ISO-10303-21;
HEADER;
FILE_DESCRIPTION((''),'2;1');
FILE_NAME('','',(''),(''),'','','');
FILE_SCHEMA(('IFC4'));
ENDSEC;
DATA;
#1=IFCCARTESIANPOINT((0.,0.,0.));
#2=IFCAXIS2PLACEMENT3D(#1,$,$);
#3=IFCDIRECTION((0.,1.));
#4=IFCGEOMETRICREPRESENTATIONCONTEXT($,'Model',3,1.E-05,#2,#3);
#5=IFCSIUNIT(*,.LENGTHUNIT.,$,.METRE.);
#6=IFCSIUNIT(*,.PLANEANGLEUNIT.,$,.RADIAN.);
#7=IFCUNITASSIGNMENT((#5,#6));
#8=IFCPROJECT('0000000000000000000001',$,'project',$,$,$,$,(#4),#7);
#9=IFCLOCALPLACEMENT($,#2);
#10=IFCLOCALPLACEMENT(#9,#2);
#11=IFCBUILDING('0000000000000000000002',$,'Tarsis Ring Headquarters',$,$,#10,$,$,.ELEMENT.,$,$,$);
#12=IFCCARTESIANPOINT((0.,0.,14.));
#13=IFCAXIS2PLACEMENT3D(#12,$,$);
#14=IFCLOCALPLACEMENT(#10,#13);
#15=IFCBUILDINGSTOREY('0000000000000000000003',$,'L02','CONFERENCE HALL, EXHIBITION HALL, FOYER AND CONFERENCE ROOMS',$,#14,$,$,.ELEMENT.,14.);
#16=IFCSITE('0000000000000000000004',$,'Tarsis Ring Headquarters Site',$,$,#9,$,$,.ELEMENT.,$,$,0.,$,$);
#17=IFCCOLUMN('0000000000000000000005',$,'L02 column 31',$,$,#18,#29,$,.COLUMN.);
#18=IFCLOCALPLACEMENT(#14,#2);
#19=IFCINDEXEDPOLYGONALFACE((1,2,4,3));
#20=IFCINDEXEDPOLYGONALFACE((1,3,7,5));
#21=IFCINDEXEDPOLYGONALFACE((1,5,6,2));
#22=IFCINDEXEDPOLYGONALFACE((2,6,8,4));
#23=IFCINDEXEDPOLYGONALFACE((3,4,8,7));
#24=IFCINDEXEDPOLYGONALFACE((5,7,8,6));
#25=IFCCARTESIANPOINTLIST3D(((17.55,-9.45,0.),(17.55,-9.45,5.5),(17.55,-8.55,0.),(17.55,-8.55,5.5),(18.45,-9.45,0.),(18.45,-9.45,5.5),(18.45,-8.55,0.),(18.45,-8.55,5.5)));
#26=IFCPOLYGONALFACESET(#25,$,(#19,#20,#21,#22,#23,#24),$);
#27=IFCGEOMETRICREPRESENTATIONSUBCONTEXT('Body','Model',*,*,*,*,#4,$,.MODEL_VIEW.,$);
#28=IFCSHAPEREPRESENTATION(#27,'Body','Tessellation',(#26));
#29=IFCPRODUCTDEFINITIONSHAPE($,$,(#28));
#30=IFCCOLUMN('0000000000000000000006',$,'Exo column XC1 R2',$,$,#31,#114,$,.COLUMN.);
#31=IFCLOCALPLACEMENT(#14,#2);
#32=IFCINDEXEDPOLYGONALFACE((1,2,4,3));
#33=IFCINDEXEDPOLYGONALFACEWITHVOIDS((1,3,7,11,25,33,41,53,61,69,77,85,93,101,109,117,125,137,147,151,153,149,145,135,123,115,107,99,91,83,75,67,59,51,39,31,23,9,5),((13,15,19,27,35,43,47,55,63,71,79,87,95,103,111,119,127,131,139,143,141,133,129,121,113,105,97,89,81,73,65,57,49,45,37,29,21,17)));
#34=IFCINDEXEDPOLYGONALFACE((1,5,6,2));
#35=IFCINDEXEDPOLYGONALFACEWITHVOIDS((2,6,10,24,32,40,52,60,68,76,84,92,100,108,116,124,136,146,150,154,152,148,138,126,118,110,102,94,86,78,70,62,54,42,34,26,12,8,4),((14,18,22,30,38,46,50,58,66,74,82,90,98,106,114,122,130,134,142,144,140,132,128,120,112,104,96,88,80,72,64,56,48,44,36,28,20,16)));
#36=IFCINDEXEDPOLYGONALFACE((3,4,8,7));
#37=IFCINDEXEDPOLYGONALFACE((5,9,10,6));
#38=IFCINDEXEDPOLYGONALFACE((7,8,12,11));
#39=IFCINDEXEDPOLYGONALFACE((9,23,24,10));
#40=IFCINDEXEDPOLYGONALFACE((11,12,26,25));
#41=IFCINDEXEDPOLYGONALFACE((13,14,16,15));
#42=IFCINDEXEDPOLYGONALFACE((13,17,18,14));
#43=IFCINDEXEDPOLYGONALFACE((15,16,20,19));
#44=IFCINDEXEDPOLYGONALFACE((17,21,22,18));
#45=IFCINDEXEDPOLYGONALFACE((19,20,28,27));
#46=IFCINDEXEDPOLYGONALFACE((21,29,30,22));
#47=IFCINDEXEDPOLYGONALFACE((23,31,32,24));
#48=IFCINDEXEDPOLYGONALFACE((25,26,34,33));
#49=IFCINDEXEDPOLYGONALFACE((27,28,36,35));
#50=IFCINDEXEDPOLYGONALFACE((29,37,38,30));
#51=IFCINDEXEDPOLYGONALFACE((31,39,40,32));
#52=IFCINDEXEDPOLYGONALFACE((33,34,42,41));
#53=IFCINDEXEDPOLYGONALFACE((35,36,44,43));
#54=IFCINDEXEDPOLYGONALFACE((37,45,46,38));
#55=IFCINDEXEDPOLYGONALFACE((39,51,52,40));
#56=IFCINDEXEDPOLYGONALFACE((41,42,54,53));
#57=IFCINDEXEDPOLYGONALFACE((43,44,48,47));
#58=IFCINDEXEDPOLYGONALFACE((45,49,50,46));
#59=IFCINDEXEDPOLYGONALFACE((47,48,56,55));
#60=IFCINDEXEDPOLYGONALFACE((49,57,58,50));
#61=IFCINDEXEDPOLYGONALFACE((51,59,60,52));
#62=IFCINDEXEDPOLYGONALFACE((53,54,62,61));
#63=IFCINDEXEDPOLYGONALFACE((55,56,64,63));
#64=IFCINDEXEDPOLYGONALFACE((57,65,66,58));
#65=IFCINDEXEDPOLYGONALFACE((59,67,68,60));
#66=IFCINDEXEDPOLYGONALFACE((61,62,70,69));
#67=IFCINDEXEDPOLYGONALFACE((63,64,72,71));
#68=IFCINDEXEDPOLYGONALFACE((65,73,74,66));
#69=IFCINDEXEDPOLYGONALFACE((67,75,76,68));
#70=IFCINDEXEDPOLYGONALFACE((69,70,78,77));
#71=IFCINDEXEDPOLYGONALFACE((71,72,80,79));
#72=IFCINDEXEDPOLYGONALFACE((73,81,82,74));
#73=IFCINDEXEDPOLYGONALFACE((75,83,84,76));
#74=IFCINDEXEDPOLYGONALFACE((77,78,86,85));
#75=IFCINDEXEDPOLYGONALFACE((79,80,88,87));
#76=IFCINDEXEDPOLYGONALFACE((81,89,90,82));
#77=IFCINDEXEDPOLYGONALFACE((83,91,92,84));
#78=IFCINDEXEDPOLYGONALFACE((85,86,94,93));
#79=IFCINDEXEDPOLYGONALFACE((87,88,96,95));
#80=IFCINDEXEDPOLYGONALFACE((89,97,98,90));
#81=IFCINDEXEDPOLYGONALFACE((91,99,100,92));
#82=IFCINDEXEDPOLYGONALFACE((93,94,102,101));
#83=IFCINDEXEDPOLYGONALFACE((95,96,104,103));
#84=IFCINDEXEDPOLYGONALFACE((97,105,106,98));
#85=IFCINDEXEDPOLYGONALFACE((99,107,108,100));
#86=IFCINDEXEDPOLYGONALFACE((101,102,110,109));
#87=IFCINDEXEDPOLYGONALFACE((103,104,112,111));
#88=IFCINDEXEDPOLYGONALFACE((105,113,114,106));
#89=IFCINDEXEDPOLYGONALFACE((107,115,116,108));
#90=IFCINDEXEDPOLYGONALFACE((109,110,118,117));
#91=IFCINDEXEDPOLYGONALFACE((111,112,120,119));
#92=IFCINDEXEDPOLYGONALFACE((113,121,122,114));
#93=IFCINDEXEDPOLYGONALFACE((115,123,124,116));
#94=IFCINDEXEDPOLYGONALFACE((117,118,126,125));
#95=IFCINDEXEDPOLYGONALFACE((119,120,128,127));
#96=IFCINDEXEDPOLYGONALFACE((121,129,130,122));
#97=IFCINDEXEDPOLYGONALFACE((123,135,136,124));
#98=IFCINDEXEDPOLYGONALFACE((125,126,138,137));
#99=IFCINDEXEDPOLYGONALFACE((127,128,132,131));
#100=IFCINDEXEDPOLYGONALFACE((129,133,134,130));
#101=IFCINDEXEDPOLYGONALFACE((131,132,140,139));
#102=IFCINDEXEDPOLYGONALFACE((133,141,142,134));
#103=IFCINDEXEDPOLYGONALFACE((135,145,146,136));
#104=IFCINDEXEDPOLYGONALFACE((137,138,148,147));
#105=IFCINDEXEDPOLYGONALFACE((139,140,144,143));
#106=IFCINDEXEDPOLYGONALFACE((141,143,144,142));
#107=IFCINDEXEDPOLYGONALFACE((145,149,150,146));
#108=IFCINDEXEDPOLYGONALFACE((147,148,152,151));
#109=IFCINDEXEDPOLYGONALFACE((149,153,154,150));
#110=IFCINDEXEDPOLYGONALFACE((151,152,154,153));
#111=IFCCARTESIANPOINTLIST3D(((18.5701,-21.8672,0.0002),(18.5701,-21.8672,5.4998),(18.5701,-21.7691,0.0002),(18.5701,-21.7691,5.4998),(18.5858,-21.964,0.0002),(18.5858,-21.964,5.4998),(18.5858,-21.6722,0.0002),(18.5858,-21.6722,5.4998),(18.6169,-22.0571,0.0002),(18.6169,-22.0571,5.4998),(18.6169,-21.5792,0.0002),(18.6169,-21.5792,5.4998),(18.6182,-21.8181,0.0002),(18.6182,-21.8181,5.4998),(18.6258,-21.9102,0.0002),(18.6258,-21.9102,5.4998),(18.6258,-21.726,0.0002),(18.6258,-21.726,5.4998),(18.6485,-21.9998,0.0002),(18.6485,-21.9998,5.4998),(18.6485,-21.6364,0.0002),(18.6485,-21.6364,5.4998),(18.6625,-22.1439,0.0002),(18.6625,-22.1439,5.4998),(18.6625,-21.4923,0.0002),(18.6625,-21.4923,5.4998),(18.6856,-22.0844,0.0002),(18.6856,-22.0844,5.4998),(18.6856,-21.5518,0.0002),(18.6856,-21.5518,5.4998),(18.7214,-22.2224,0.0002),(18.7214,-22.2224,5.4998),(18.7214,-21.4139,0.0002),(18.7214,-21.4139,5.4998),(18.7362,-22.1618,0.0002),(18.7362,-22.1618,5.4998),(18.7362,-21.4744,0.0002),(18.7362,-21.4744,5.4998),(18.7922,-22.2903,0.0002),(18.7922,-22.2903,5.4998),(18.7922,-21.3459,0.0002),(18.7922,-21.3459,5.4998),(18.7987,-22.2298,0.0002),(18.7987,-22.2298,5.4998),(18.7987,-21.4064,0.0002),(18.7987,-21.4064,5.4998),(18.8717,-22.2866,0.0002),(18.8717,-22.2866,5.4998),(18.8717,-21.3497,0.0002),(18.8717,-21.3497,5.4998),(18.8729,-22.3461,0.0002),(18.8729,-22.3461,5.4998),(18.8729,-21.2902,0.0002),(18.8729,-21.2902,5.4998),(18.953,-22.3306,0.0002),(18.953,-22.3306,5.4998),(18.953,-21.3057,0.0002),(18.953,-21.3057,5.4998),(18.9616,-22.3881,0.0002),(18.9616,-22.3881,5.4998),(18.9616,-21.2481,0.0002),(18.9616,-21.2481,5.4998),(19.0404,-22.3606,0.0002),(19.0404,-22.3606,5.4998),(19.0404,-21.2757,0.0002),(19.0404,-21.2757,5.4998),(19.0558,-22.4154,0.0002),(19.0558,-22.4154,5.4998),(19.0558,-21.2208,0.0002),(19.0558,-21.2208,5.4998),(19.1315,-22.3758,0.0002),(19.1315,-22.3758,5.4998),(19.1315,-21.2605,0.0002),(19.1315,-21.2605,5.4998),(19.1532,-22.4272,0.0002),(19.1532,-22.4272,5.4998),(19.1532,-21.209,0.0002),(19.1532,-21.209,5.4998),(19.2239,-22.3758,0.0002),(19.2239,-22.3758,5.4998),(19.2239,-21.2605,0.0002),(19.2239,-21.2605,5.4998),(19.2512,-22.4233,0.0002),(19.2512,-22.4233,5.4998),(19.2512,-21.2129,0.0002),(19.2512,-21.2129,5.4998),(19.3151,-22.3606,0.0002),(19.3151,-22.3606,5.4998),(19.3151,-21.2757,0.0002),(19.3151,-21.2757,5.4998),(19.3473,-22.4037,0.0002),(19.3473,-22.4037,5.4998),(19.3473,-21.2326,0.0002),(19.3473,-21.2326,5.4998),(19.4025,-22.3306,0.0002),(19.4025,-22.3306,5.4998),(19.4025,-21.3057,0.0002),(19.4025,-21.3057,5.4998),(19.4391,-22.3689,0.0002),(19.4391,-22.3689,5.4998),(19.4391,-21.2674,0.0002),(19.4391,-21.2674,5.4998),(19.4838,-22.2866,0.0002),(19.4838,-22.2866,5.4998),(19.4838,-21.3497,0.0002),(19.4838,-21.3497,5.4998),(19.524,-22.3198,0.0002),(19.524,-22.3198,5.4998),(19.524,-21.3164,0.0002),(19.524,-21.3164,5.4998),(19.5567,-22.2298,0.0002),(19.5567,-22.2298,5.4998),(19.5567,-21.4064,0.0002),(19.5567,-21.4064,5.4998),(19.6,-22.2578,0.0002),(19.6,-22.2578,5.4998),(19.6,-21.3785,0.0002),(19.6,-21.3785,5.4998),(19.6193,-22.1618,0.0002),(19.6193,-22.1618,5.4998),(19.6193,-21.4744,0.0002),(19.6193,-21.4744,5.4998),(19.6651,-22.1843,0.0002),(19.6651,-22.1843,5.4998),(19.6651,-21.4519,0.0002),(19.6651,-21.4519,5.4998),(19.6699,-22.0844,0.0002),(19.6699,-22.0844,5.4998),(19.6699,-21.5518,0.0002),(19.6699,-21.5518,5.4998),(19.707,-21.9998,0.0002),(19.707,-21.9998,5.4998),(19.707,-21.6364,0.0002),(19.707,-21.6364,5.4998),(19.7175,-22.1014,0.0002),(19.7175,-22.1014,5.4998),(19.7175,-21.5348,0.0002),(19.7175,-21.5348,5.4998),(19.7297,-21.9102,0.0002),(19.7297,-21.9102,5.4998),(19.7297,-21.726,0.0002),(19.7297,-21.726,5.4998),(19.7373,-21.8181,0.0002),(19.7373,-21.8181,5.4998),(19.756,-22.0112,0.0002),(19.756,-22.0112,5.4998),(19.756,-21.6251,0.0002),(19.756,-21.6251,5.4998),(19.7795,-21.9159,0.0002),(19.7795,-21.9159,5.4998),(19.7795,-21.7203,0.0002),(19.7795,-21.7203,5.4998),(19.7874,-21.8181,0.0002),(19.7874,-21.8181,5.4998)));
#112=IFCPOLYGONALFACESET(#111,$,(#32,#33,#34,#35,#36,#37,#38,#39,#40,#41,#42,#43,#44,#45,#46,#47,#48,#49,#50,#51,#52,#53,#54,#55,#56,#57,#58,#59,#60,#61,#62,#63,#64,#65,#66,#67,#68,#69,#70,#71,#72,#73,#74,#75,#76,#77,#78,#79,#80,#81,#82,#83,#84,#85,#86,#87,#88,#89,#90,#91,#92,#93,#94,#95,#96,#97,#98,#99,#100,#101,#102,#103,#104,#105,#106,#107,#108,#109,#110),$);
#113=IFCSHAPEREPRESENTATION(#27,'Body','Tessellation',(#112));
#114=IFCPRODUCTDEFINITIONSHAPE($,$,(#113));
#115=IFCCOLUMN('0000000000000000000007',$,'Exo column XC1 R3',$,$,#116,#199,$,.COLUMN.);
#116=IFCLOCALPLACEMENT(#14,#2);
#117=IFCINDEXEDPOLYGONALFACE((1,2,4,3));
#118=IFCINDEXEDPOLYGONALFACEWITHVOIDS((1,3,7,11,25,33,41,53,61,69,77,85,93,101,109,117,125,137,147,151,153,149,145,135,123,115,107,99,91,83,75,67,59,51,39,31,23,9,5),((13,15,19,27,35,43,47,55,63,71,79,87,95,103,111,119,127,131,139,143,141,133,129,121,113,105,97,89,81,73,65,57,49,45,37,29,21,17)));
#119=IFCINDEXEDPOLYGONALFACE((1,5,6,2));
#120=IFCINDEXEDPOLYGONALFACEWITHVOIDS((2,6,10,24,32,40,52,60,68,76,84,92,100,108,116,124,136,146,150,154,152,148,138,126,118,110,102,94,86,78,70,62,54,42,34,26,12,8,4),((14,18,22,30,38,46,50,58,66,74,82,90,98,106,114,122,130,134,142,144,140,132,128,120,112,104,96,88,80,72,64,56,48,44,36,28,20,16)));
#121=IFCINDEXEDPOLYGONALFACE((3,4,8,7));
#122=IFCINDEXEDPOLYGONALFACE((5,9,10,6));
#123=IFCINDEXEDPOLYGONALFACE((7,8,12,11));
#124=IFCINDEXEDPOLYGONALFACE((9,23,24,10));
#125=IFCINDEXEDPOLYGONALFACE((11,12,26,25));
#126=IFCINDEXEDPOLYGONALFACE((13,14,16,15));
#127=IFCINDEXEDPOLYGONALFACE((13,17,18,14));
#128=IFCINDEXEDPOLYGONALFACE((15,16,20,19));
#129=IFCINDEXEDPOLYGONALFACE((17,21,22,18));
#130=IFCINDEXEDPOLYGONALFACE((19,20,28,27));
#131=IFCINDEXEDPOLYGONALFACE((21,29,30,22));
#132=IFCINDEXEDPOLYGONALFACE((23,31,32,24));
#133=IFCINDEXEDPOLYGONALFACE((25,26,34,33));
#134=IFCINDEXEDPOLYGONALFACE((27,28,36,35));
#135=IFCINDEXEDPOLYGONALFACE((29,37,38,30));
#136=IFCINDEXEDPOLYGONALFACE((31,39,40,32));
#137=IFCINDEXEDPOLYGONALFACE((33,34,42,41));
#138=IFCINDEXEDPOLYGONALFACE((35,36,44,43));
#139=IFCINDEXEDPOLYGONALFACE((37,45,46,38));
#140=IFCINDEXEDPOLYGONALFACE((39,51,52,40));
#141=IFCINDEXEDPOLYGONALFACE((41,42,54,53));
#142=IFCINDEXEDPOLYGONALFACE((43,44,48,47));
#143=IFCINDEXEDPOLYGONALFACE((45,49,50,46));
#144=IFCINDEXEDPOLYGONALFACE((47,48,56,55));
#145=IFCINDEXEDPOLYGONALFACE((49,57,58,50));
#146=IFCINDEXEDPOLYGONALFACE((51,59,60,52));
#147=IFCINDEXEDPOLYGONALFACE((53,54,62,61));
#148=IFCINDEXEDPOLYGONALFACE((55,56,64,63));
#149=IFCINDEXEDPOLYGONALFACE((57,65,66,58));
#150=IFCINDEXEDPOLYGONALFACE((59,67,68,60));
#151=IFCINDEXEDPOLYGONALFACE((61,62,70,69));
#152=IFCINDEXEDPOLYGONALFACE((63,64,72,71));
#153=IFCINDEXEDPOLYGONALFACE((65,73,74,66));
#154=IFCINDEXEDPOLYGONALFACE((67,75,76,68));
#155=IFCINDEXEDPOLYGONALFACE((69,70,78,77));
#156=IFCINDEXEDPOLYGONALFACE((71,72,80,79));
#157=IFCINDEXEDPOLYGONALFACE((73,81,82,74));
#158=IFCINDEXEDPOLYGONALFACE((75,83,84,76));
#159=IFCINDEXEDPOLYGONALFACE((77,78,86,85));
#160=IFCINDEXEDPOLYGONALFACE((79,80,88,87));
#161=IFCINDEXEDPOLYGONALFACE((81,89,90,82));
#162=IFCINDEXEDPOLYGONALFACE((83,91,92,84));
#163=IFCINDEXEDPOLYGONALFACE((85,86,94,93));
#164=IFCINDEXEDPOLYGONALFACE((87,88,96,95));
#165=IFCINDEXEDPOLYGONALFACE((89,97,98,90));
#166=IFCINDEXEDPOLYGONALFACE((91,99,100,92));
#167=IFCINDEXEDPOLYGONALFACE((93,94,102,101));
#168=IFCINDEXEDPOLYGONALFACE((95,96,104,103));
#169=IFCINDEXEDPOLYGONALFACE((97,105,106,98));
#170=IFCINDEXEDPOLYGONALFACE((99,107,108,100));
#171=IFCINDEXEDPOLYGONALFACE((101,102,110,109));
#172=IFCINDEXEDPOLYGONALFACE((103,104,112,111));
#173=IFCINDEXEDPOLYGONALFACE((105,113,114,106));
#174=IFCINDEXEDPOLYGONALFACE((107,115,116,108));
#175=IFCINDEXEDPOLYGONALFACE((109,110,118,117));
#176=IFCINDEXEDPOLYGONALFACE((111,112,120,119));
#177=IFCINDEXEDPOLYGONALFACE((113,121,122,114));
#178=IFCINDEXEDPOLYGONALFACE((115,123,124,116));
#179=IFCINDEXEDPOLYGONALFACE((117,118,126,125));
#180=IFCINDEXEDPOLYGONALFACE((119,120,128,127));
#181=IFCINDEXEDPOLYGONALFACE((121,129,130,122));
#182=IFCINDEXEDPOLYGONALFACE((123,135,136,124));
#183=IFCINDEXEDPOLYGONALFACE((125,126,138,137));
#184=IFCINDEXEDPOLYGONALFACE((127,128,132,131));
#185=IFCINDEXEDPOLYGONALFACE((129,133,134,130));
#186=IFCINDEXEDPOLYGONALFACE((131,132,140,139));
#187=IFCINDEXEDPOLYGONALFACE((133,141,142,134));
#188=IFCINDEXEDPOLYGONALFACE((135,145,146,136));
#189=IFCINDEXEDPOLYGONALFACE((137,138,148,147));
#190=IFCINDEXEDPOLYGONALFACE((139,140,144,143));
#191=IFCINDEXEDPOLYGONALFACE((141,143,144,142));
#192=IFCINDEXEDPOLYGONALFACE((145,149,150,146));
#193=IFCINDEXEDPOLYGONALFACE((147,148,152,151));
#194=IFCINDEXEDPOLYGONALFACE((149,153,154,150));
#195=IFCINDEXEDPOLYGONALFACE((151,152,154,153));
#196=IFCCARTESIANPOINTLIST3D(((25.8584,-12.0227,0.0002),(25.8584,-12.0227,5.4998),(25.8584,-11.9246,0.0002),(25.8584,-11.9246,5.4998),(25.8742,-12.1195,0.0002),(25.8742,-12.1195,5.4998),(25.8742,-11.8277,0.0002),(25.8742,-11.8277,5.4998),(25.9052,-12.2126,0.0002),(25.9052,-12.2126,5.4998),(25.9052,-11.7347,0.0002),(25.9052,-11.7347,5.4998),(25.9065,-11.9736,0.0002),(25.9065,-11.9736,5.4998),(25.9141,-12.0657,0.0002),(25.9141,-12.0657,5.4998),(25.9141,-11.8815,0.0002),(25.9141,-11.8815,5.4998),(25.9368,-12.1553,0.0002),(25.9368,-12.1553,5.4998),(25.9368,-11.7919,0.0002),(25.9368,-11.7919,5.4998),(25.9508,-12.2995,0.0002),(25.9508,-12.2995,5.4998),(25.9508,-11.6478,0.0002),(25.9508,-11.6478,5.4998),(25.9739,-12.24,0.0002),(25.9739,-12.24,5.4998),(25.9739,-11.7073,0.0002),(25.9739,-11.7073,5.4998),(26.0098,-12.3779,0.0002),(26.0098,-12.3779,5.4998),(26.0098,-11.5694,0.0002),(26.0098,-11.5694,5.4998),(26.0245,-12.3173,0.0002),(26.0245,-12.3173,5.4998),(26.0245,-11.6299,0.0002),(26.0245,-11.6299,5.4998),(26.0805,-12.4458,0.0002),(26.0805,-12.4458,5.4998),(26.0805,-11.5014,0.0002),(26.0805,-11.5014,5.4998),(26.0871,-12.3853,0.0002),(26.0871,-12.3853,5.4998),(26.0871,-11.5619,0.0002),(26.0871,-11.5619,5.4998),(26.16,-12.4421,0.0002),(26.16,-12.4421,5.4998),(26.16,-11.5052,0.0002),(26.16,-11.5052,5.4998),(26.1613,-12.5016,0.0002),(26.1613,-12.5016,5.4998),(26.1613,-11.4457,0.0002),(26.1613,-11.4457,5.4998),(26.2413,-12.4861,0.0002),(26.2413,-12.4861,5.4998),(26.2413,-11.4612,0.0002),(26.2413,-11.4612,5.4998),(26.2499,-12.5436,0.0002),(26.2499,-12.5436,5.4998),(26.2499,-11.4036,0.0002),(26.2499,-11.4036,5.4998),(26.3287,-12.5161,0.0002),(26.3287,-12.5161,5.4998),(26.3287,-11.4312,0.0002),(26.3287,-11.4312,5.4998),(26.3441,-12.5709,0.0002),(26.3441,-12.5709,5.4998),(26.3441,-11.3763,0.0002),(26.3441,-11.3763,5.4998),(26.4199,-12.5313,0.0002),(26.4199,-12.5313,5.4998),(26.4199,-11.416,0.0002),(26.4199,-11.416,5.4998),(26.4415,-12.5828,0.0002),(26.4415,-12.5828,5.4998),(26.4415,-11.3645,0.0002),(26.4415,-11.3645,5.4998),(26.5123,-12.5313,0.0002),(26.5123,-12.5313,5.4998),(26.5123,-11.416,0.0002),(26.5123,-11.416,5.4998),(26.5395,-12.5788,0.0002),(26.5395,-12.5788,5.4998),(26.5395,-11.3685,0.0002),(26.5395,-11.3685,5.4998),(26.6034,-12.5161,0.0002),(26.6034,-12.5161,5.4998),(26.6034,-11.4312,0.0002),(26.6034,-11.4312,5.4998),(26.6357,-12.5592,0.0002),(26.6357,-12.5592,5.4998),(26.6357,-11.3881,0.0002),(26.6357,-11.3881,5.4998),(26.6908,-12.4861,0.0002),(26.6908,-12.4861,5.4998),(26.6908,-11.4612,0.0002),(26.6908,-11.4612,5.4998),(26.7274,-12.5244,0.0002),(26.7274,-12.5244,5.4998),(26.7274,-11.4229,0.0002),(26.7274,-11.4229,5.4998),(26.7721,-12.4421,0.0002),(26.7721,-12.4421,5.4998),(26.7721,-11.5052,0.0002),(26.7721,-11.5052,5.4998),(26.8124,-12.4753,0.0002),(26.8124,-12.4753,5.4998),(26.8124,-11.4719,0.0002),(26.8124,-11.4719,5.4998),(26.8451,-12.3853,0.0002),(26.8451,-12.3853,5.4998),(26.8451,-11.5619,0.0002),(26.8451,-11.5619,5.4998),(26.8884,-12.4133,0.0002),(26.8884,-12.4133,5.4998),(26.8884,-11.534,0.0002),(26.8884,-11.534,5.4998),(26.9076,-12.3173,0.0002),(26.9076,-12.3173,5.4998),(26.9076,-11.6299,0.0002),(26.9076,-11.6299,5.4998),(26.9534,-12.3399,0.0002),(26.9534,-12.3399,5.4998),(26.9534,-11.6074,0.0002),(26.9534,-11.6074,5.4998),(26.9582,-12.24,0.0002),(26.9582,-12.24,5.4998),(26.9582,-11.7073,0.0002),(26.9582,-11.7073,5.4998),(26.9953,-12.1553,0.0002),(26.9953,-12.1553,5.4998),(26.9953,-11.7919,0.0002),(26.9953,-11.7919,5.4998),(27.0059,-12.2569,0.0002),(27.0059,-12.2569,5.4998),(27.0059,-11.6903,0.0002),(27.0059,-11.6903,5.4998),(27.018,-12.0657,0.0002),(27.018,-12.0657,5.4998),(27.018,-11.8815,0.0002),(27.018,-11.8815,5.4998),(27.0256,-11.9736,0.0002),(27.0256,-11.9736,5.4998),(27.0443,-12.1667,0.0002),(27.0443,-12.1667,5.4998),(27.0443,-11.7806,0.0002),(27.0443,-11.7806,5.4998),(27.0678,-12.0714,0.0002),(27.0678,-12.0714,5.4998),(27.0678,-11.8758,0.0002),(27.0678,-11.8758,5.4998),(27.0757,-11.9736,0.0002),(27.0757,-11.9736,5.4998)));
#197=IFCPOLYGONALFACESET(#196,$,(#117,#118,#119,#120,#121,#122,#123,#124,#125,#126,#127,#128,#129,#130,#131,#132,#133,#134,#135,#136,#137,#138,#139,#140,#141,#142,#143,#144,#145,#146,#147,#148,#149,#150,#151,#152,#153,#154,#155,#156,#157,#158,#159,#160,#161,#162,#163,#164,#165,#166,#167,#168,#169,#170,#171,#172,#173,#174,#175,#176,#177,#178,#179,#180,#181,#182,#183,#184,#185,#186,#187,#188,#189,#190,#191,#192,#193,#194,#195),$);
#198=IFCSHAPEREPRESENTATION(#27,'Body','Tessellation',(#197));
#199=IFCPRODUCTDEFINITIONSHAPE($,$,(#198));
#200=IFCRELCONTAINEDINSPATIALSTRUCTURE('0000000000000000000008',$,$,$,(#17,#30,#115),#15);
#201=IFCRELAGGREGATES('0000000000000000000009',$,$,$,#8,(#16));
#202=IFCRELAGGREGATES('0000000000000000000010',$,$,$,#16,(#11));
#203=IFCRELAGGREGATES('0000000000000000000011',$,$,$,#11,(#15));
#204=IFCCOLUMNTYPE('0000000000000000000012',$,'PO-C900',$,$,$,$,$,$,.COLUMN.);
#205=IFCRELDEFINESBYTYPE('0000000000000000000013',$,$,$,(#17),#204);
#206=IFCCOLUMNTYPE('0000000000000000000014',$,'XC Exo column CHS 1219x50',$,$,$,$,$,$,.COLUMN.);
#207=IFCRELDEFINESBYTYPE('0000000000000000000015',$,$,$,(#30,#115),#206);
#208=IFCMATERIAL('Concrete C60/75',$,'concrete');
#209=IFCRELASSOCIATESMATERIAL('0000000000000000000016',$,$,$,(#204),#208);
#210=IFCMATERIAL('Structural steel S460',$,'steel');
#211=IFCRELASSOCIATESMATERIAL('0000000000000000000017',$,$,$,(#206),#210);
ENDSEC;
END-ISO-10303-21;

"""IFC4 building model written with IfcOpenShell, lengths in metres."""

from ifc_helpers import new_model, si_unit, direction, frame, origin, origin_2d, place, context, subcontext, project, spatial, rectangle, hollow_circle, extrude, material, material_profile, profile_set, type_object, element, save


model = new_model("IFC4")

# Units and contexts
model_context = context("Model", 3, precision=1e-05, world=origin(), true_north=direction((0.0, 1.0)))
body_context = subcontext(model_context, "Body", "Model", "MODEL_VIEW")
ifc_project = project(units=[si_unit("LENGTHUNIT", "METRE"), si_unit("PLANEANGLEUNIT", "RADIAN")], contexts=[model_context])

# Site, building, storey
site_placement = place(None, origin())
site = spatial("IfcSite", under=ifc_project, at=site_placement, Name="Tarsis Ring Headquarters Site", CompositionType="ELEMENT", RefElevation=0.0)
building_placement = place(site_placement, origin())
building = spatial("IfcBuilding", under=site, at=building_placement, Name="Tarsis Ring Headquarters", CompositionType="ELEMENT")
storey_placement = place(building_placement, frame((0.0, 0.0, 14.0)))
storey = spatial("IfcBuildingStorey", under=building, at=storey_placement, Name="L02", Description="CONFERENCE HALL, EXHIBITION HALL, FOYER AND CONFERENCE ROOMS", CompositionType="ELEMENT", Elevation=14.0)

# Columns
ifc_material_1 = material(Name="Concrete C60/75", Category="concrete")
ifc_material_profile_1 = material_profile(ifc_material_1, rectangle(XDim=0.8999, YDim=0.8999, at=origin_2d()), Name="PO-C900")
ifc_profile_set_1 = profile_set([ifc_material_profile_1], Name="Concrete C60/75")
column_type_1 = type_object("IfcColumnType", Name="PO-C900", PredefinedType="COLUMN", material=ifc_profile_set_1)
column_placement = place(storey_placement, frame((18.0, -9.0, 0.0), z_axis=(0.0, 0.0, 1.0), x_axis=(1.0, 0.0, 0.0)))
element("IfcColumn", 1, at=column_placement, inside=storey, type_object=column_type_1, Name="L02 column 31", PredefinedType="COLUMN", context=body_context, shape_type="SweptSolid", body=[
    extrude(rectangle(XDim=0.8999, YDim=0.8999, at=origin_2d()), origin(), (0.0, 0.0, 1.0), 5.5),
])
ifc_material_2 = material(Name="Structural steel S460", Category="steel")
ifc_material_profile_2 = material_profile(ifc_material_2, hollow_circle(Radius=0.6096, WallThickness=0.05, at=origin_2d()), Name="CHS 1219x50")
ifc_profile_set_2 = profile_set([ifc_material_profile_2], Name="Structural steel S460")
column_type_2 = type_object("IfcColumnType", Name="XC Exo column CHS 1219x50", PredefinedType="COLUMN", material=ifc_profile_set_2)
for number, where, z_axis, x_axis, name in (
    (2, (19.1777, -21.8181, 0.0002), (0.0, 0.0, 1.0), (1.0, 0.0, 0.0), "Exo column XC1 R2"),
    (3, (26.4661, -11.9736, 0.0002), (0.0, 0.0, 1.0), (1.0, 0.0, 0.0), "Exo column XC1 R3"),
):
    element("IfcColumn", number, at=place(storey_placement, frame(where, z_axis=z_axis, x_axis=x_axis)), inside=storey, type_object=column_type_2, Name=name, PredefinedType="COLUMN", context=body_context, shape_type="SweptSolid", body=[
        extrude(hollow_circle(Radius=0.6096, WallThickness=0.05, at=origin_2d()), origin(), (0.0, 0.0, 1.0), 5.4995),
    ])

save(model, "model.ifc")
